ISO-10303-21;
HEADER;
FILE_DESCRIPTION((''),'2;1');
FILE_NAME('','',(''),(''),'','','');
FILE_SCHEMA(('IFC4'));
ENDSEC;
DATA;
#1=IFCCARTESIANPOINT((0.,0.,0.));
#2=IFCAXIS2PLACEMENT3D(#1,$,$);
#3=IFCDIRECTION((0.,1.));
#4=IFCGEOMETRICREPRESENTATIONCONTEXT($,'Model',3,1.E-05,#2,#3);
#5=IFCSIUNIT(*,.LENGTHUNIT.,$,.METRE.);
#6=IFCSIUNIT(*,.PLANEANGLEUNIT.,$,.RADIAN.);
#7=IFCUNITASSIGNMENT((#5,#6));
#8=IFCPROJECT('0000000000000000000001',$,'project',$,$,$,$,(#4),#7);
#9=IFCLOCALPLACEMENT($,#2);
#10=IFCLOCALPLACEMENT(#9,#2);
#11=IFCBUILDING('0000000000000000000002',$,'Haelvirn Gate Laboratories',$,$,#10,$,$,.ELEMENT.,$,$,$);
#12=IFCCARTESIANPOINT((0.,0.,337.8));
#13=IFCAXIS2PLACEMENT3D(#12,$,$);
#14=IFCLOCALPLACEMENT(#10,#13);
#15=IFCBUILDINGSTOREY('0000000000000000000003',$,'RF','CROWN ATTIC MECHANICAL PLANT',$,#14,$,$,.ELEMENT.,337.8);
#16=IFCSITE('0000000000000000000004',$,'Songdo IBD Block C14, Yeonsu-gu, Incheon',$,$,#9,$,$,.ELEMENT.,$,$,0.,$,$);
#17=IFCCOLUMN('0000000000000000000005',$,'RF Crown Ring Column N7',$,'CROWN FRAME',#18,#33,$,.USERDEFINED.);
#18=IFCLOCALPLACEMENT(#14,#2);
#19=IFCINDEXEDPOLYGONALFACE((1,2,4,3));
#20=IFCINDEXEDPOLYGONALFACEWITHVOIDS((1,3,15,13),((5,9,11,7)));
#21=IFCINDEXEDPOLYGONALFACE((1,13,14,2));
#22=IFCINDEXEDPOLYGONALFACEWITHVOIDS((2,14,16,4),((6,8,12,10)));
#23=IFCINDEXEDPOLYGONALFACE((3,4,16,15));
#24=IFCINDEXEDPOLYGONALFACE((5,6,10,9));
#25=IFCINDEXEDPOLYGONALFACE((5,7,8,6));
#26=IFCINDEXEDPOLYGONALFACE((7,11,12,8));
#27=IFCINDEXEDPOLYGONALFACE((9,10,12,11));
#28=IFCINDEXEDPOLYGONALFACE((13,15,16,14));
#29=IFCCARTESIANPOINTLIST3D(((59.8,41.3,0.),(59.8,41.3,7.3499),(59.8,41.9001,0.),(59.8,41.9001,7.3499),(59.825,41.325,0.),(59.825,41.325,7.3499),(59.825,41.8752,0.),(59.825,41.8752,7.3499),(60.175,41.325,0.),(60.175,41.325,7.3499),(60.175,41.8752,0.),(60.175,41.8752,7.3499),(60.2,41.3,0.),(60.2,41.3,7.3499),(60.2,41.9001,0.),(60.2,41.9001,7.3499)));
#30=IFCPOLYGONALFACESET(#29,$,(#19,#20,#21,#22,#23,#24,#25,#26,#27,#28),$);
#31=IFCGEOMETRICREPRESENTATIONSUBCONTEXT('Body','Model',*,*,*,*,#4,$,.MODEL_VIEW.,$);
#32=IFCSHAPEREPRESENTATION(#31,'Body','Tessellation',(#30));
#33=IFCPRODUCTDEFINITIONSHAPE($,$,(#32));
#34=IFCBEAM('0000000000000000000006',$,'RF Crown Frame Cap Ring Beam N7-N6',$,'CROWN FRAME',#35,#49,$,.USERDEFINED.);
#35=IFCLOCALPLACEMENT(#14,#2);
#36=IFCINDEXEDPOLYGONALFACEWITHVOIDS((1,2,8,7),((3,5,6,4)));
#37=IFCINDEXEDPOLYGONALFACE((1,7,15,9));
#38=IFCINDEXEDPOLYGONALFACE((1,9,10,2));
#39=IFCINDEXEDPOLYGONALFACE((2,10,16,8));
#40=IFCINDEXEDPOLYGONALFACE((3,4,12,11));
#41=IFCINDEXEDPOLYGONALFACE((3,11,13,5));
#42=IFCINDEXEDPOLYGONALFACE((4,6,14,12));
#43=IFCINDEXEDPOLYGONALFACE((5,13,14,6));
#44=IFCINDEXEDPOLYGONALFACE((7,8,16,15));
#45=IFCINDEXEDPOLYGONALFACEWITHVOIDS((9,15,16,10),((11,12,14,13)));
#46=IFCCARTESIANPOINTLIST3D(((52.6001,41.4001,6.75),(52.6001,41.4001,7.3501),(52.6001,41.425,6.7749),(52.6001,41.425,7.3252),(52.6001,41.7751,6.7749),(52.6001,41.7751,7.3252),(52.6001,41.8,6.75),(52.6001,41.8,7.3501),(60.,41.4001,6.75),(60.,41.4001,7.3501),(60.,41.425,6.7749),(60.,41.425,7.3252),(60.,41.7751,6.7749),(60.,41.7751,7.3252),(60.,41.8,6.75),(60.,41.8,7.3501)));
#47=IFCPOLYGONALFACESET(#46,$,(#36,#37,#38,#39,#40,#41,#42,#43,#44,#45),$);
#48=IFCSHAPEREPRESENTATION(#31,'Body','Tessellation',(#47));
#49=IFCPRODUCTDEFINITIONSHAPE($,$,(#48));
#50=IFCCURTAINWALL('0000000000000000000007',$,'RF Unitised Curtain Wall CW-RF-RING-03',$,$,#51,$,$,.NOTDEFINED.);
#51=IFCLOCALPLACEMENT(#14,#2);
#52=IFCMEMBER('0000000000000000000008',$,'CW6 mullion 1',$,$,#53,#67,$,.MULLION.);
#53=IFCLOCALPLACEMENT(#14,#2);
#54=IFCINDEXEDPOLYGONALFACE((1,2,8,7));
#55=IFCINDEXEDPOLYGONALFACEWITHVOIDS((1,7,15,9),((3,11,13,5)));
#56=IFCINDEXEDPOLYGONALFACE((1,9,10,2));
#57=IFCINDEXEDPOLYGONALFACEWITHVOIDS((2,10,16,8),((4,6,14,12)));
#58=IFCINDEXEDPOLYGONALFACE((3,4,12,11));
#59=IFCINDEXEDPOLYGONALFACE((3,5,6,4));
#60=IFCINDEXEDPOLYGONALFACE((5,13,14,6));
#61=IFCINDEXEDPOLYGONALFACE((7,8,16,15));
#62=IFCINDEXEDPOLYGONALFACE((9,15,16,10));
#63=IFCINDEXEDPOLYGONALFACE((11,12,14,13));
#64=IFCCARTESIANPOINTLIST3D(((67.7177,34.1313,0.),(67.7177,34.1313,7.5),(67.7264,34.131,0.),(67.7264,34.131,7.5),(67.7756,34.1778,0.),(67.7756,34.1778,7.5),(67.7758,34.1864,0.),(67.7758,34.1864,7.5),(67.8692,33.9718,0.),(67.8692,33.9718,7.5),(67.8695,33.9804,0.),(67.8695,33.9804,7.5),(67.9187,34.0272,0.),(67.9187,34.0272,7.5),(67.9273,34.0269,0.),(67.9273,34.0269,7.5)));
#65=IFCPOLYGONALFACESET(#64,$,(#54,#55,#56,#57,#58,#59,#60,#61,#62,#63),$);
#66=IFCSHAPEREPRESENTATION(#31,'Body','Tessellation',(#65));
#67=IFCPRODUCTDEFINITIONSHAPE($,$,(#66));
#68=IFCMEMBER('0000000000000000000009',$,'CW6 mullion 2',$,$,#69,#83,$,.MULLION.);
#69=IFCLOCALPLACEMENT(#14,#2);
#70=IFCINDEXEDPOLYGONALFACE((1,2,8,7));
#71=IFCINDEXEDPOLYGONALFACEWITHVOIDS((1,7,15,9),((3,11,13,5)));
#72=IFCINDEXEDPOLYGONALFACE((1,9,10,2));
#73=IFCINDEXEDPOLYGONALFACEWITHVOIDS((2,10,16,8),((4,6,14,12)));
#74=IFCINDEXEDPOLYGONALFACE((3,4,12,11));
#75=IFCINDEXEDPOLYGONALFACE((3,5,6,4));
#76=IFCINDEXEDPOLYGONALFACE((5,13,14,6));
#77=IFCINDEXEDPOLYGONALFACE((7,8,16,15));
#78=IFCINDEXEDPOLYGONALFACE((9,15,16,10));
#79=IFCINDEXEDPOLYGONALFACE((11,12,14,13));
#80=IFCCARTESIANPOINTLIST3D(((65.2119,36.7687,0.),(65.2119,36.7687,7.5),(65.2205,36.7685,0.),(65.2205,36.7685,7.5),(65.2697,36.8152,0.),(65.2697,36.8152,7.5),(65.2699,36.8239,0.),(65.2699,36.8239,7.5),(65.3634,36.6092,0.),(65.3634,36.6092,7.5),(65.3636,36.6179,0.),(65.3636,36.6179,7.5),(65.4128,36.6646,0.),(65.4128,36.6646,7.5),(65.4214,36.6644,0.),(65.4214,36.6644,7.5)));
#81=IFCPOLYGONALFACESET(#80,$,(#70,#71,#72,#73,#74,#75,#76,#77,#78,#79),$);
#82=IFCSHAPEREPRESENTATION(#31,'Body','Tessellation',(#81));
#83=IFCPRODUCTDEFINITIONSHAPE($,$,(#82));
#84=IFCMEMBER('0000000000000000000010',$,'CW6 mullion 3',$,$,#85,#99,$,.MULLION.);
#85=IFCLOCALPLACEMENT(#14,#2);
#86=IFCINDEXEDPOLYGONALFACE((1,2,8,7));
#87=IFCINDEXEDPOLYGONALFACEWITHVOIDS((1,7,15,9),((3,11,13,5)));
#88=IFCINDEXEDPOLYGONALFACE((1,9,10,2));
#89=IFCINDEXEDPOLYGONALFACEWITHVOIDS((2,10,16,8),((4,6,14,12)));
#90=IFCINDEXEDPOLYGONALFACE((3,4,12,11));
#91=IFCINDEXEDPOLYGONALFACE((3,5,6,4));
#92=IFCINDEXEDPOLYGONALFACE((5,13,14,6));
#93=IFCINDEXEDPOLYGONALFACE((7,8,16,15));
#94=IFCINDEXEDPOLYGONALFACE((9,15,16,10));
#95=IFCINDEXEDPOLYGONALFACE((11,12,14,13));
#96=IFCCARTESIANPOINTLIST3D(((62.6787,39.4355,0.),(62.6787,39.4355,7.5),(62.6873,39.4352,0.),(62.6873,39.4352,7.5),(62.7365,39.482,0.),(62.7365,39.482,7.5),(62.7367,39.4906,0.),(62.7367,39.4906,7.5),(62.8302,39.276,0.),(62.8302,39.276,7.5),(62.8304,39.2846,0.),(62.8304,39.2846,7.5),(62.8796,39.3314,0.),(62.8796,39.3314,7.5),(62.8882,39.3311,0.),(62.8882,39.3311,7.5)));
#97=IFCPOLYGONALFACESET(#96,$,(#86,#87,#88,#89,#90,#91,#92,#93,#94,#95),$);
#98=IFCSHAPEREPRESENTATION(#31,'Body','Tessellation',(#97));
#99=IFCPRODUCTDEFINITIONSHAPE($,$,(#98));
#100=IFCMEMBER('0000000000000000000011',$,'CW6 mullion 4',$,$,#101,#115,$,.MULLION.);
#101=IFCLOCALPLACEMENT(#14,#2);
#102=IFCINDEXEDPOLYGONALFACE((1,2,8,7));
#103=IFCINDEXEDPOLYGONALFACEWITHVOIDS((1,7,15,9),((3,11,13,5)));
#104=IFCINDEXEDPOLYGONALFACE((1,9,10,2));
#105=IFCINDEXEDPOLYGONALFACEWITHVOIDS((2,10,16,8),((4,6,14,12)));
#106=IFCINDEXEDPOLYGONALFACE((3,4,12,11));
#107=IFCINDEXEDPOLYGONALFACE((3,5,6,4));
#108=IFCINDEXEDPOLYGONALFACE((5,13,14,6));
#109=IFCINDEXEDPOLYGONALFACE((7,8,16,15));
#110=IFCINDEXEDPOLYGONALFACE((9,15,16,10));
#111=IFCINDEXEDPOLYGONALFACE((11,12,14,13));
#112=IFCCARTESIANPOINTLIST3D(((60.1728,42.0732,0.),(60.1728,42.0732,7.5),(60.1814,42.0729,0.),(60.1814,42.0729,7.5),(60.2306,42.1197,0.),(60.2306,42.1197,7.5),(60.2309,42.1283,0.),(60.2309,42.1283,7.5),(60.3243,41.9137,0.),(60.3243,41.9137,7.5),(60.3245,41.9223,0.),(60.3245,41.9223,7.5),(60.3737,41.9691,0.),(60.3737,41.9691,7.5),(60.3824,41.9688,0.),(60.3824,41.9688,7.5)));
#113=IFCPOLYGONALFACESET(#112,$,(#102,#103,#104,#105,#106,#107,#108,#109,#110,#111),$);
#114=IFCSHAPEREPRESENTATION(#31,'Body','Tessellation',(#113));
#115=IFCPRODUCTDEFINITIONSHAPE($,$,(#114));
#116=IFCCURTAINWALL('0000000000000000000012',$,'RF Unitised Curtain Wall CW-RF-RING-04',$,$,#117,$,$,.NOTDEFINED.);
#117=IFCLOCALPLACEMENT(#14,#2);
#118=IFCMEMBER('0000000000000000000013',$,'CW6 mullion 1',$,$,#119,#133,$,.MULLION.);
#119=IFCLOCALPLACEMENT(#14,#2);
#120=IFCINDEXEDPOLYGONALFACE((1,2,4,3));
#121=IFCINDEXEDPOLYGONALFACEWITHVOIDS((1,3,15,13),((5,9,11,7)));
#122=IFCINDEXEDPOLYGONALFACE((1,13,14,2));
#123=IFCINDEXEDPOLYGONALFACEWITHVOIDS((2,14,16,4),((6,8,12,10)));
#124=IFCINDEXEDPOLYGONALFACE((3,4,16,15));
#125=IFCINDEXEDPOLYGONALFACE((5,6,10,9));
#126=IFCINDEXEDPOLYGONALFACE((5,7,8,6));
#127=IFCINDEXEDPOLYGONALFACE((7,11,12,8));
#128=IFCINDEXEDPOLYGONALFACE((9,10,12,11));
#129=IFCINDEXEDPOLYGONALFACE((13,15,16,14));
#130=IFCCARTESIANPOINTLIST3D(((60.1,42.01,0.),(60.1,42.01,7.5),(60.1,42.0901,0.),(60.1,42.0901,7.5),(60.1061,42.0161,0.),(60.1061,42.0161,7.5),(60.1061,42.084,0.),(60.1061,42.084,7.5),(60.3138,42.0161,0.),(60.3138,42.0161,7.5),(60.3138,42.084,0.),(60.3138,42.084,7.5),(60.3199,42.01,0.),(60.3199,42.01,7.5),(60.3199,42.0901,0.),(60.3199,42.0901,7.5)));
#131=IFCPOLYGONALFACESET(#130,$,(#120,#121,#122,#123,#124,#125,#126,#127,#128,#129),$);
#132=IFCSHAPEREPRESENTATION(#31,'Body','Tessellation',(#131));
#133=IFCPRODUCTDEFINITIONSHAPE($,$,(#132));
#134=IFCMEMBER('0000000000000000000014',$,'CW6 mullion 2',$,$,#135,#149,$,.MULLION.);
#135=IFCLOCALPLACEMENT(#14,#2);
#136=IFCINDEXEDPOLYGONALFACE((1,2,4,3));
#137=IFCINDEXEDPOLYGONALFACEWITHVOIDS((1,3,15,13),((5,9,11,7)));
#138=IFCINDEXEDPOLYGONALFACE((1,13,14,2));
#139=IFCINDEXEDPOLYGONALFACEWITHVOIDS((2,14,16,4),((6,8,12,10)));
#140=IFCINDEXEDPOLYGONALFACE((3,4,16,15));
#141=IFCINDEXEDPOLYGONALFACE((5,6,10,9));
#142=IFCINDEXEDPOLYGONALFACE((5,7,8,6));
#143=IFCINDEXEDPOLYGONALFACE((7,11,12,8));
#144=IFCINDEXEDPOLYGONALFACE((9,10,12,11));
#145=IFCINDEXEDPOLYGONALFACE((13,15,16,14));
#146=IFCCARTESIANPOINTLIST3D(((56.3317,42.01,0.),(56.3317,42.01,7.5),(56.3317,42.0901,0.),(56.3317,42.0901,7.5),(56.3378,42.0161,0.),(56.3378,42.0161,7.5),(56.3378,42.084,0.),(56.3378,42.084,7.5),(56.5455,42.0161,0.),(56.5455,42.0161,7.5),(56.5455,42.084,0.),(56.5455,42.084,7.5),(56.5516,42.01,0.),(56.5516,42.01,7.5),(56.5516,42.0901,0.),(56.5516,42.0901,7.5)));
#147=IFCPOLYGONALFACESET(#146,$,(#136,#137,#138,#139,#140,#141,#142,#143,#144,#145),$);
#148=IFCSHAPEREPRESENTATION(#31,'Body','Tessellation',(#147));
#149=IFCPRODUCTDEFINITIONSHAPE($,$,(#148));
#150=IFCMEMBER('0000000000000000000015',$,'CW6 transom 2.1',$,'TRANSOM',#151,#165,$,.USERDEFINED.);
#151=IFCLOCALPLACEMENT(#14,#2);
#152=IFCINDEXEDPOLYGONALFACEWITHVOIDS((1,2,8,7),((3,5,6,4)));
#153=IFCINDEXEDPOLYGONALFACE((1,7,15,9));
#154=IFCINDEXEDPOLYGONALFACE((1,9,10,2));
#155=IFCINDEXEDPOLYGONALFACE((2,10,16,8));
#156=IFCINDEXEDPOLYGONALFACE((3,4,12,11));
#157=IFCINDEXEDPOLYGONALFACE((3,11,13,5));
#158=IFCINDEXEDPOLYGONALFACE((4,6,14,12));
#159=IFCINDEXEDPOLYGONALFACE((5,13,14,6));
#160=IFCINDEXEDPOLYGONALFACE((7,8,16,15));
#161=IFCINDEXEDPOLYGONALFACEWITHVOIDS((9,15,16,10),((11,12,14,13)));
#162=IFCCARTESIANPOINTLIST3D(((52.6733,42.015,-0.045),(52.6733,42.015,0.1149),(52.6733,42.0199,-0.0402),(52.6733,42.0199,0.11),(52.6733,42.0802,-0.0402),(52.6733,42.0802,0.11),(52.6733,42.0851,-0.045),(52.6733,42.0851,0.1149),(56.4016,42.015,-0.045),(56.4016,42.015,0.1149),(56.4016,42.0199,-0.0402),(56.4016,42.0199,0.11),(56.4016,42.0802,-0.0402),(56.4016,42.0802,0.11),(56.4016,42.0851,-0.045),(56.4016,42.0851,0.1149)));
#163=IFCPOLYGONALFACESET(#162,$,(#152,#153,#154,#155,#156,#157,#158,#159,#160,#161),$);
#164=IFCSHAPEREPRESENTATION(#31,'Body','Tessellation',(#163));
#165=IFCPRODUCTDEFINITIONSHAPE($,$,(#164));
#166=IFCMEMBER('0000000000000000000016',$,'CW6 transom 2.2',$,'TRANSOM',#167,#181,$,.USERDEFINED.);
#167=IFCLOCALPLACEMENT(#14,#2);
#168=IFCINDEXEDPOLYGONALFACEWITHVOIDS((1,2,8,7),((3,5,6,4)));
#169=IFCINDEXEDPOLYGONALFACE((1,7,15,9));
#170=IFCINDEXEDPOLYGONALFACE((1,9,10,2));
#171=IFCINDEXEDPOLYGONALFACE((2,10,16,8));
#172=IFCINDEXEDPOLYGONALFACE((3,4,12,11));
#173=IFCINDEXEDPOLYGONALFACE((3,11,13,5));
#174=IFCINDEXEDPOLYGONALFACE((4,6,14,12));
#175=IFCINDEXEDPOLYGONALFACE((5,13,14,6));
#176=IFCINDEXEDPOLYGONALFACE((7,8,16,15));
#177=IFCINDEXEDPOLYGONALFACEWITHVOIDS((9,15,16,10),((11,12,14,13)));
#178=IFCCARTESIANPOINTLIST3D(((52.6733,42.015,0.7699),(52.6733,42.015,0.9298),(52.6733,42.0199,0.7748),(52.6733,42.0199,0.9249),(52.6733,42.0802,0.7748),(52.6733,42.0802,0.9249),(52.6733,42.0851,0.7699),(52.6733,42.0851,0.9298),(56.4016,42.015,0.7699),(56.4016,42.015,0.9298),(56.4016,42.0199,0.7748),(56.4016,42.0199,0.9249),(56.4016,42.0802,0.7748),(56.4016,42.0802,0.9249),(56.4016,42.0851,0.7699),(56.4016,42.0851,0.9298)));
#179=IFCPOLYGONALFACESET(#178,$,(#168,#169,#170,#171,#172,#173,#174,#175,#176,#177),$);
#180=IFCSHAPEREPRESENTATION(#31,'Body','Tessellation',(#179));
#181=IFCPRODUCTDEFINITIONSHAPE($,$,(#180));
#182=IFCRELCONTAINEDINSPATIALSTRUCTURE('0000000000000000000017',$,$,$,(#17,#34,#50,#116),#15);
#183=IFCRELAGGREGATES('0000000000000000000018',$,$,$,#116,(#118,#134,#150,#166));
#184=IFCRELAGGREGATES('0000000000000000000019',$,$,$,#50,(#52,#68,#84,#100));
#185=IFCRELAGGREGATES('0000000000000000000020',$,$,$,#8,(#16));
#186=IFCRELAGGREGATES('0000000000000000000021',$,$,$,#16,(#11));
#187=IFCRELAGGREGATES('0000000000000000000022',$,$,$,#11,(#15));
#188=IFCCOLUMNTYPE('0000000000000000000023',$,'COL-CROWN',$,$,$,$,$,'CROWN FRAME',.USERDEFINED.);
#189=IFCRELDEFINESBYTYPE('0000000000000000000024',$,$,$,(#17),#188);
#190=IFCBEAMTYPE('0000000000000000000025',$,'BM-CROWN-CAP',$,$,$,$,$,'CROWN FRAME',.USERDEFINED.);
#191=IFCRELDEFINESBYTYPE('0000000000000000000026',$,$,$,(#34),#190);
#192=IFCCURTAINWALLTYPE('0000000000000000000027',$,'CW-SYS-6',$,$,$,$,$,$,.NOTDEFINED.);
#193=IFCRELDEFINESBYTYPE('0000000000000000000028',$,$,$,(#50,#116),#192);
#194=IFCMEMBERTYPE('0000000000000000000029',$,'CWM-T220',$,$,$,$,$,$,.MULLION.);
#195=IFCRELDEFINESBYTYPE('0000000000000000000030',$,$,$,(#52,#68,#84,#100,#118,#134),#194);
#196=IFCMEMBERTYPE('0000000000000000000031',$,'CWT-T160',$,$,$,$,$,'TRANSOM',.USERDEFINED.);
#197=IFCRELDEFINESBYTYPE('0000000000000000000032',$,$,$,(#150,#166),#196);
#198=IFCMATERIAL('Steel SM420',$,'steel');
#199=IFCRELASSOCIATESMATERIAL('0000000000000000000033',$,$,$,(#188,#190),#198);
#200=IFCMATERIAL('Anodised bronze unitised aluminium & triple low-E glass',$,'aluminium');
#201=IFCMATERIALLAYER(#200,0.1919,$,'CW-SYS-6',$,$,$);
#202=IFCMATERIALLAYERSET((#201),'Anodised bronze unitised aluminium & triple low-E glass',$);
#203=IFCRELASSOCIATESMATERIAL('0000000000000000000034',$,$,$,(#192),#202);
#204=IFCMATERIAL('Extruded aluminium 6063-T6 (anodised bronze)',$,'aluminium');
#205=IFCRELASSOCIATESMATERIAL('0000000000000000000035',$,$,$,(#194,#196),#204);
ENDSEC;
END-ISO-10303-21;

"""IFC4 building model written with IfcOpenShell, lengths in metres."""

from ifc_helpers import new_model, si_unit, direction, frame, origin, origin_2d, place, context, subcontext, project, spatial, hollow_rectangle, extrude, source, transform, mapped, material, layer, layer_set, material_profile, profile_set, type_object, type_shapes, element, aggregate, save


model = new_model("IFC4")

# Units and contexts
model_context = context("Model", 3, precision=1e-05, world=origin(), true_north=direction((0.0, 1.0)))
body_context = subcontext(model_context, "Body", "Model", "MODEL_VIEW")
ifc_project = project(units=[si_unit("LENGTHUNIT", "METRE"), si_unit("PLANEANGLEUNIT", "RADIAN")], contexts=[model_context])

# Site, building, storey
site_placement = place(None, origin())
site = spatial("IfcSite", under=ifc_project, at=site_placement, Name="Songdo IBD Block C14, Yeonsu-gu, Incheon", CompositionType="ELEMENT", RefElevation=0.0)
building_placement = place(site_placement, origin())
building = spatial("IfcBuilding", under=site, at=building_placement, Name="Haelvirn Gate Laboratories", CompositionType="ELEMENT")
storey_placement = place(building_placement, frame((0.0, 0.0, 337.8)))
storey = spatial("IfcBuildingStorey", under=building, at=storey_placement, Name="RF", Description="CROWN ATTIC MECHANICAL PLANT", CompositionType="ELEMENT", Elevation=337.8)

# Column
ifc_material_1 = material(Name="Steel SM420", Category="steel")
ifc_material_profile_1 = material_profile(ifc_material_1, hollow_rectangle(XDim=0.3999, YDim=0.6001, WallThickness=0.0249, at=origin_2d()), Name="BOX-600x400x25")
ifc_profile_set_1 = profile_set([ifc_material_profile_1], Name="Steel SM420")
column_type = type_object("IfcColumnType", Name="COL-CROWN", ElementType="CROWN FRAME", PredefinedType="USERDEFINED", material=ifc_profile_set_1)
shared_shape_1 = source(origin(), body_context, "Body", "SweptSolid", [
    extrude(hollow_rectangle(XDim=0.3999, YDim=0.6001, WallThickness=0.0249, at=origin_2d()), origin(), (0.0, 0.0, 1.0), 7.3499),
])
type_shapes(column_type, [shared_shape_1])
column_placement = place(storey_placement, frame((60.0, 41.6001, 0.0), z_axis=(0.0, 0.0, 1.0), x_axis=(1.0, 0.0, 0.0)))
element("IfcColumn", 1, at=column_placement, inside=storey, type_object=column_type, Name="RF Crown Ring Column N7", ObjectType="CROWN FRAME", PredefinedType="USERDEFINED", context=body_context, shape_type="MappedRepresentation", body=[
    mapped(shared_shape_1, transform((0.0, 0.0, 0.0), scale=1.0)),
])

# Beam
ifc_material_profile_2 = material_profile(ifc_material_1, hollow_rectangle(XDim=0.3999, YDim=0.6001, WallThickness=0.0249, at=origin_2d()), Name="BOX-600x400x25")
ifc_profile_set_2 = profile_set([ifc_material_profile_2], Name="Steel SM420")
beam_type = type_object("IfcBeamType", Name="BM-CROWN-CAP", ElementType="CROWN FRAME", PredefinedType="USERDEFINED", material=ifc_profile_set_2)
shared_shape_2 = source(origin(), body_context, "Body", "SweptSolid", [
    extrude(hollow_rectangle(XDim=0.3999, YDim=0.6001, WallThickness=0.0249, at=origin_2d()), origin(), (0.0, 0.0, 1.0), 7.3999),
])
type_shapes(beam_type, [shared_shape_2])
beam_placement = place(storey_placement, frame((60.0, 41.6001, 7.05), z_axis=(-1.0, 0.0, 0.0), x_axis=(0.0, -1.0, 0.0)))
element("IfcBeam", 2, at=beam_placement, inside=storey, type_object=beam_type, Name="RF Crown Frame Cap Ring Beam N7-N6", ObjectType="CROWN FRAME", PredefinedType="USERDEFINED", context=body_context, shape_type="MappedRepresentation", body=[
    mapped(shared_shape_2, transform((0.0, 0.0, 0.0), scale=1.0)),
])

# Curtain walls, members
ifc_material_2 = material(Name="Anodised bronze unitised aluminium & triple low-E glass", Category="aluminium")
ifc_layer_1 = layer(ifc_material_2, 0.1919, Name="CW-SYS-6")
ifc_layer_set_1 = layer_set([ifc_layer_1], Name="Anodised bronze unitised aluminium & triple low-E glass")
curtain_wall_type = type_object("IfcCurtainWallType", Name="CW-SYS-6", PredefinedType="NOTDEFINED", material=ifc_layer_set_1)
curtain_wall_1_placement = place(storey_placement, origin())
curtain_wall_1 = element("IfcCurtainWall", 3, at=curtain_wall_1_placement, inside=storey, type_object=curtain_wall_type, Name="RF Unitised Curtain Wall CW-RF-RING-03", PredefinedType="NOTDEFINED")
ifc_material_3 = material(Name="Extruded aluminium 6063-T6 (anodised bronze)", Category="aluminium")
ifc_material_profile_3 = material_profile(ifc_material_3, hollow_rectangle(XDim=0.0801, YDim=0.22, WallThickness=0.0061, at=origin_2d()), Name="CWM-220x80x6")
ifc_profile_set_3 = profile_set([ifc_material_profile_3], Name="Extruded aluminium 6063-T6 (anodised bronze)")
member_type_1 = type_object("IfcMemberType", Name="CWM-T220", PredefinedType="MULLION", material=ifc_profile_set_3)
shared_shape_3 = source(origin(), body_context, "Body", "SweptSolid", [
    extrude(hollow_rectangle(XDim=0.0801, YDim=0.22, WallThickness=0.0061, at=origin_2d()), origin(), (0.0, 0.0, 1.0), 7.5),
])
type_shapes(member_type_1, [shared_shape_3])
member_1_placement = place(storey_placement, frame((67.8225, 34.0791, 0.0), z_axis=(0.0, 0.0, 1.0), x_axis=(-0.724999, -0.688749, 0.0)))
member_1 = element("IfcMember", 4, at=member_1_placement, type_object=member_type_1, Name="CW6 mullion 1", PredefinedType="MULLION", context=body_context, shape_type="MappedRepresentation", body=[
    mapped(shared_shape_3, transform((0.0, 0.0, 0.0), scale=1.0)),
])
member_2_placement = place(storey_placement, frame((65.3167, 36.7166, 0.0), z_axis=(0.0, 0.0, 1.0), x_axis=(-0.724999, -0.688749, 0.0)))
member_2 = element("IfcMember", 5, at=member_2_placement, type_object=member_type_1, Name="CW6 mullion 2", PredefinedType="MULLION", context=body_context, shape_type="MappedRepresentation", body=[
    mapped(shared_shape_3, transform((0.0, 0.0, 0.0), scale=1.0)),
])
member_3_placement = place(storey_placement, frame((62.7834, 39.3833, 0.0), z_axis=(0.0, 0.0, 1.0), x_axis=(-0.724999, -0.688749, 0.0)))
member_3 = element("IfcMember", 6, at=member_3_placement, type_object=member_type_1, Name="CW6 mullion 3", PredefinedType="MULLION", context=body_context, shape_type="MappedRepresentation", body=[
    mapped(shared_shape_3, transform((0.0, 0.0, 0.0), scale=1.0)),
])
member_4_placement = place(storey_placement, frame((60.2776, 42.021, 0.0), z_axis=(0.0, 0.0, 1.0), x_axis=(-0.724999, -0.688749, 0.0)))
member_4 = element("IfcMember", 7, at=member_4_placement, type_object=member_type_1, Name="CW6 mullion 4", PredefinedType="MULLION", context=body_context, shape_type="MappedRepresentation", body=[
    mapped(shared_shape_3, transform((0.0, 0.0, 0.0), scale=1.0)),
])
curtain_wall_2_placement = place(storey_placement, origin())
curtain_wall_2 = element("IfcCurtainWall", 8, at=curtain_wall_2_placement, inside=storey, type_object=curtain_wall_type, Name="RF Unitised Curtain Wall CW-RF-RING-04", PredefinedType="NOTDEFINED")
member_5_placement = place(storey_placement, frame((60.21, 42.05, 0.0), z_axis=(0.0, 0.0, 1.0), x_axis=(0.0, -1.0, 0.0)))
member_5 = element("IfcMember", 9, at=member_5_placement, type_object=member_type_1, Name="CW6 mullion 1", PredefinedType="MULLION", context=body_context, shape_type="MappedRepresentation", body=[
    mapped(shared_shape_3, transform((0.0, 0.0, 0.0), scale=1.0)),
])
member_6_placement = place(storey_placement, frame((56.4417, 42.05, 0.0), z_axis=(0.0, 0.0, 1.0), x_axis=(0.0, -1.0, 0.0)))
member_6 = element("IfcMember", 10, at=member_6_placement, type_object=member_type_1, Name="CW6 mullion 2", PredefinedType="MULLION", context=body_context, shape_type="MappedRepresentation", body=[
    mapped(shared_shape_3, transform((0.0, 0.0, 0.0), scale=1.0)),
])
ifc_material_profile_4 = material_profile(ifc_material_3, hollow_rectangle(XDim=0.0701, YDim=0.1599, WallThickness=0.0049, at=origin_2d()), Name="CWT-160x70x5")
ifc_profile_set_4 = profile_set([ifc_material_profile_4], Name="Extruded aluminium 6063-T6 (anodised bronze)")
member_type_2 = type_object("IfcMemberType", Name="CWT-T160", ElementType="TRANSOM", PredefinedType="USERDEFINED", material=ifc_profile_set_4)
shared_shape_4 = source(origin(), body_context, "Body", "SweptSolid", [
    extrude(hollow_rectangle(XDim=0.0701, YDim=0.1599, WallThickness=0.0049, at=origin_2d()), origin(), (0.0, 0.0, 1.0), 3.7283),
])
member_7_placement = place(storey_placement, frame((56.4016, 42.05, 0.0349), z_axis=(-1.0, 0.0, 0.0), x_axis=(0.0, -1.0, 0.0)))
member_7 = element("IfcMember", 11, at=member_7_placement, type_object=member_type_2, Name="CW6 transom 2.1", ObjectType="TRANSOM", PredefinedType="USERDEFINED", context=body_context, shape_type="MappedRepresentation", body=[
    mapped(shared_shape_4, transform((0.0, 0.0, 0.0), scale=1.0)),
])
member_8_placement = place(storey_placement, frame((56.4016, 42.05, 0.8499), z_axis=(-1.0, 0.0, 0.0), x_axis=(0.0, -1.0, 0.0)))
member_8 = element("IfcMember", 12, at=member_8_placement, type_object=member_type_2, Name="CW6 transom 2.2", ObjectType="TRANSOM", PredefinedType="USERDEFINED", context=body_context, shape_type="MappedRepresentation", body=[
    mapped(shared_shape_4, transform((0.0, 0.0, 0.0), scale=1.0)),
])

aggregate(curtain_wall_2, [member_5, member_6, member_7, member_8])
aggregate(curtain_wall_1, [member_1, member_2, member_3, member_4])

save(model, "model.ifc")
